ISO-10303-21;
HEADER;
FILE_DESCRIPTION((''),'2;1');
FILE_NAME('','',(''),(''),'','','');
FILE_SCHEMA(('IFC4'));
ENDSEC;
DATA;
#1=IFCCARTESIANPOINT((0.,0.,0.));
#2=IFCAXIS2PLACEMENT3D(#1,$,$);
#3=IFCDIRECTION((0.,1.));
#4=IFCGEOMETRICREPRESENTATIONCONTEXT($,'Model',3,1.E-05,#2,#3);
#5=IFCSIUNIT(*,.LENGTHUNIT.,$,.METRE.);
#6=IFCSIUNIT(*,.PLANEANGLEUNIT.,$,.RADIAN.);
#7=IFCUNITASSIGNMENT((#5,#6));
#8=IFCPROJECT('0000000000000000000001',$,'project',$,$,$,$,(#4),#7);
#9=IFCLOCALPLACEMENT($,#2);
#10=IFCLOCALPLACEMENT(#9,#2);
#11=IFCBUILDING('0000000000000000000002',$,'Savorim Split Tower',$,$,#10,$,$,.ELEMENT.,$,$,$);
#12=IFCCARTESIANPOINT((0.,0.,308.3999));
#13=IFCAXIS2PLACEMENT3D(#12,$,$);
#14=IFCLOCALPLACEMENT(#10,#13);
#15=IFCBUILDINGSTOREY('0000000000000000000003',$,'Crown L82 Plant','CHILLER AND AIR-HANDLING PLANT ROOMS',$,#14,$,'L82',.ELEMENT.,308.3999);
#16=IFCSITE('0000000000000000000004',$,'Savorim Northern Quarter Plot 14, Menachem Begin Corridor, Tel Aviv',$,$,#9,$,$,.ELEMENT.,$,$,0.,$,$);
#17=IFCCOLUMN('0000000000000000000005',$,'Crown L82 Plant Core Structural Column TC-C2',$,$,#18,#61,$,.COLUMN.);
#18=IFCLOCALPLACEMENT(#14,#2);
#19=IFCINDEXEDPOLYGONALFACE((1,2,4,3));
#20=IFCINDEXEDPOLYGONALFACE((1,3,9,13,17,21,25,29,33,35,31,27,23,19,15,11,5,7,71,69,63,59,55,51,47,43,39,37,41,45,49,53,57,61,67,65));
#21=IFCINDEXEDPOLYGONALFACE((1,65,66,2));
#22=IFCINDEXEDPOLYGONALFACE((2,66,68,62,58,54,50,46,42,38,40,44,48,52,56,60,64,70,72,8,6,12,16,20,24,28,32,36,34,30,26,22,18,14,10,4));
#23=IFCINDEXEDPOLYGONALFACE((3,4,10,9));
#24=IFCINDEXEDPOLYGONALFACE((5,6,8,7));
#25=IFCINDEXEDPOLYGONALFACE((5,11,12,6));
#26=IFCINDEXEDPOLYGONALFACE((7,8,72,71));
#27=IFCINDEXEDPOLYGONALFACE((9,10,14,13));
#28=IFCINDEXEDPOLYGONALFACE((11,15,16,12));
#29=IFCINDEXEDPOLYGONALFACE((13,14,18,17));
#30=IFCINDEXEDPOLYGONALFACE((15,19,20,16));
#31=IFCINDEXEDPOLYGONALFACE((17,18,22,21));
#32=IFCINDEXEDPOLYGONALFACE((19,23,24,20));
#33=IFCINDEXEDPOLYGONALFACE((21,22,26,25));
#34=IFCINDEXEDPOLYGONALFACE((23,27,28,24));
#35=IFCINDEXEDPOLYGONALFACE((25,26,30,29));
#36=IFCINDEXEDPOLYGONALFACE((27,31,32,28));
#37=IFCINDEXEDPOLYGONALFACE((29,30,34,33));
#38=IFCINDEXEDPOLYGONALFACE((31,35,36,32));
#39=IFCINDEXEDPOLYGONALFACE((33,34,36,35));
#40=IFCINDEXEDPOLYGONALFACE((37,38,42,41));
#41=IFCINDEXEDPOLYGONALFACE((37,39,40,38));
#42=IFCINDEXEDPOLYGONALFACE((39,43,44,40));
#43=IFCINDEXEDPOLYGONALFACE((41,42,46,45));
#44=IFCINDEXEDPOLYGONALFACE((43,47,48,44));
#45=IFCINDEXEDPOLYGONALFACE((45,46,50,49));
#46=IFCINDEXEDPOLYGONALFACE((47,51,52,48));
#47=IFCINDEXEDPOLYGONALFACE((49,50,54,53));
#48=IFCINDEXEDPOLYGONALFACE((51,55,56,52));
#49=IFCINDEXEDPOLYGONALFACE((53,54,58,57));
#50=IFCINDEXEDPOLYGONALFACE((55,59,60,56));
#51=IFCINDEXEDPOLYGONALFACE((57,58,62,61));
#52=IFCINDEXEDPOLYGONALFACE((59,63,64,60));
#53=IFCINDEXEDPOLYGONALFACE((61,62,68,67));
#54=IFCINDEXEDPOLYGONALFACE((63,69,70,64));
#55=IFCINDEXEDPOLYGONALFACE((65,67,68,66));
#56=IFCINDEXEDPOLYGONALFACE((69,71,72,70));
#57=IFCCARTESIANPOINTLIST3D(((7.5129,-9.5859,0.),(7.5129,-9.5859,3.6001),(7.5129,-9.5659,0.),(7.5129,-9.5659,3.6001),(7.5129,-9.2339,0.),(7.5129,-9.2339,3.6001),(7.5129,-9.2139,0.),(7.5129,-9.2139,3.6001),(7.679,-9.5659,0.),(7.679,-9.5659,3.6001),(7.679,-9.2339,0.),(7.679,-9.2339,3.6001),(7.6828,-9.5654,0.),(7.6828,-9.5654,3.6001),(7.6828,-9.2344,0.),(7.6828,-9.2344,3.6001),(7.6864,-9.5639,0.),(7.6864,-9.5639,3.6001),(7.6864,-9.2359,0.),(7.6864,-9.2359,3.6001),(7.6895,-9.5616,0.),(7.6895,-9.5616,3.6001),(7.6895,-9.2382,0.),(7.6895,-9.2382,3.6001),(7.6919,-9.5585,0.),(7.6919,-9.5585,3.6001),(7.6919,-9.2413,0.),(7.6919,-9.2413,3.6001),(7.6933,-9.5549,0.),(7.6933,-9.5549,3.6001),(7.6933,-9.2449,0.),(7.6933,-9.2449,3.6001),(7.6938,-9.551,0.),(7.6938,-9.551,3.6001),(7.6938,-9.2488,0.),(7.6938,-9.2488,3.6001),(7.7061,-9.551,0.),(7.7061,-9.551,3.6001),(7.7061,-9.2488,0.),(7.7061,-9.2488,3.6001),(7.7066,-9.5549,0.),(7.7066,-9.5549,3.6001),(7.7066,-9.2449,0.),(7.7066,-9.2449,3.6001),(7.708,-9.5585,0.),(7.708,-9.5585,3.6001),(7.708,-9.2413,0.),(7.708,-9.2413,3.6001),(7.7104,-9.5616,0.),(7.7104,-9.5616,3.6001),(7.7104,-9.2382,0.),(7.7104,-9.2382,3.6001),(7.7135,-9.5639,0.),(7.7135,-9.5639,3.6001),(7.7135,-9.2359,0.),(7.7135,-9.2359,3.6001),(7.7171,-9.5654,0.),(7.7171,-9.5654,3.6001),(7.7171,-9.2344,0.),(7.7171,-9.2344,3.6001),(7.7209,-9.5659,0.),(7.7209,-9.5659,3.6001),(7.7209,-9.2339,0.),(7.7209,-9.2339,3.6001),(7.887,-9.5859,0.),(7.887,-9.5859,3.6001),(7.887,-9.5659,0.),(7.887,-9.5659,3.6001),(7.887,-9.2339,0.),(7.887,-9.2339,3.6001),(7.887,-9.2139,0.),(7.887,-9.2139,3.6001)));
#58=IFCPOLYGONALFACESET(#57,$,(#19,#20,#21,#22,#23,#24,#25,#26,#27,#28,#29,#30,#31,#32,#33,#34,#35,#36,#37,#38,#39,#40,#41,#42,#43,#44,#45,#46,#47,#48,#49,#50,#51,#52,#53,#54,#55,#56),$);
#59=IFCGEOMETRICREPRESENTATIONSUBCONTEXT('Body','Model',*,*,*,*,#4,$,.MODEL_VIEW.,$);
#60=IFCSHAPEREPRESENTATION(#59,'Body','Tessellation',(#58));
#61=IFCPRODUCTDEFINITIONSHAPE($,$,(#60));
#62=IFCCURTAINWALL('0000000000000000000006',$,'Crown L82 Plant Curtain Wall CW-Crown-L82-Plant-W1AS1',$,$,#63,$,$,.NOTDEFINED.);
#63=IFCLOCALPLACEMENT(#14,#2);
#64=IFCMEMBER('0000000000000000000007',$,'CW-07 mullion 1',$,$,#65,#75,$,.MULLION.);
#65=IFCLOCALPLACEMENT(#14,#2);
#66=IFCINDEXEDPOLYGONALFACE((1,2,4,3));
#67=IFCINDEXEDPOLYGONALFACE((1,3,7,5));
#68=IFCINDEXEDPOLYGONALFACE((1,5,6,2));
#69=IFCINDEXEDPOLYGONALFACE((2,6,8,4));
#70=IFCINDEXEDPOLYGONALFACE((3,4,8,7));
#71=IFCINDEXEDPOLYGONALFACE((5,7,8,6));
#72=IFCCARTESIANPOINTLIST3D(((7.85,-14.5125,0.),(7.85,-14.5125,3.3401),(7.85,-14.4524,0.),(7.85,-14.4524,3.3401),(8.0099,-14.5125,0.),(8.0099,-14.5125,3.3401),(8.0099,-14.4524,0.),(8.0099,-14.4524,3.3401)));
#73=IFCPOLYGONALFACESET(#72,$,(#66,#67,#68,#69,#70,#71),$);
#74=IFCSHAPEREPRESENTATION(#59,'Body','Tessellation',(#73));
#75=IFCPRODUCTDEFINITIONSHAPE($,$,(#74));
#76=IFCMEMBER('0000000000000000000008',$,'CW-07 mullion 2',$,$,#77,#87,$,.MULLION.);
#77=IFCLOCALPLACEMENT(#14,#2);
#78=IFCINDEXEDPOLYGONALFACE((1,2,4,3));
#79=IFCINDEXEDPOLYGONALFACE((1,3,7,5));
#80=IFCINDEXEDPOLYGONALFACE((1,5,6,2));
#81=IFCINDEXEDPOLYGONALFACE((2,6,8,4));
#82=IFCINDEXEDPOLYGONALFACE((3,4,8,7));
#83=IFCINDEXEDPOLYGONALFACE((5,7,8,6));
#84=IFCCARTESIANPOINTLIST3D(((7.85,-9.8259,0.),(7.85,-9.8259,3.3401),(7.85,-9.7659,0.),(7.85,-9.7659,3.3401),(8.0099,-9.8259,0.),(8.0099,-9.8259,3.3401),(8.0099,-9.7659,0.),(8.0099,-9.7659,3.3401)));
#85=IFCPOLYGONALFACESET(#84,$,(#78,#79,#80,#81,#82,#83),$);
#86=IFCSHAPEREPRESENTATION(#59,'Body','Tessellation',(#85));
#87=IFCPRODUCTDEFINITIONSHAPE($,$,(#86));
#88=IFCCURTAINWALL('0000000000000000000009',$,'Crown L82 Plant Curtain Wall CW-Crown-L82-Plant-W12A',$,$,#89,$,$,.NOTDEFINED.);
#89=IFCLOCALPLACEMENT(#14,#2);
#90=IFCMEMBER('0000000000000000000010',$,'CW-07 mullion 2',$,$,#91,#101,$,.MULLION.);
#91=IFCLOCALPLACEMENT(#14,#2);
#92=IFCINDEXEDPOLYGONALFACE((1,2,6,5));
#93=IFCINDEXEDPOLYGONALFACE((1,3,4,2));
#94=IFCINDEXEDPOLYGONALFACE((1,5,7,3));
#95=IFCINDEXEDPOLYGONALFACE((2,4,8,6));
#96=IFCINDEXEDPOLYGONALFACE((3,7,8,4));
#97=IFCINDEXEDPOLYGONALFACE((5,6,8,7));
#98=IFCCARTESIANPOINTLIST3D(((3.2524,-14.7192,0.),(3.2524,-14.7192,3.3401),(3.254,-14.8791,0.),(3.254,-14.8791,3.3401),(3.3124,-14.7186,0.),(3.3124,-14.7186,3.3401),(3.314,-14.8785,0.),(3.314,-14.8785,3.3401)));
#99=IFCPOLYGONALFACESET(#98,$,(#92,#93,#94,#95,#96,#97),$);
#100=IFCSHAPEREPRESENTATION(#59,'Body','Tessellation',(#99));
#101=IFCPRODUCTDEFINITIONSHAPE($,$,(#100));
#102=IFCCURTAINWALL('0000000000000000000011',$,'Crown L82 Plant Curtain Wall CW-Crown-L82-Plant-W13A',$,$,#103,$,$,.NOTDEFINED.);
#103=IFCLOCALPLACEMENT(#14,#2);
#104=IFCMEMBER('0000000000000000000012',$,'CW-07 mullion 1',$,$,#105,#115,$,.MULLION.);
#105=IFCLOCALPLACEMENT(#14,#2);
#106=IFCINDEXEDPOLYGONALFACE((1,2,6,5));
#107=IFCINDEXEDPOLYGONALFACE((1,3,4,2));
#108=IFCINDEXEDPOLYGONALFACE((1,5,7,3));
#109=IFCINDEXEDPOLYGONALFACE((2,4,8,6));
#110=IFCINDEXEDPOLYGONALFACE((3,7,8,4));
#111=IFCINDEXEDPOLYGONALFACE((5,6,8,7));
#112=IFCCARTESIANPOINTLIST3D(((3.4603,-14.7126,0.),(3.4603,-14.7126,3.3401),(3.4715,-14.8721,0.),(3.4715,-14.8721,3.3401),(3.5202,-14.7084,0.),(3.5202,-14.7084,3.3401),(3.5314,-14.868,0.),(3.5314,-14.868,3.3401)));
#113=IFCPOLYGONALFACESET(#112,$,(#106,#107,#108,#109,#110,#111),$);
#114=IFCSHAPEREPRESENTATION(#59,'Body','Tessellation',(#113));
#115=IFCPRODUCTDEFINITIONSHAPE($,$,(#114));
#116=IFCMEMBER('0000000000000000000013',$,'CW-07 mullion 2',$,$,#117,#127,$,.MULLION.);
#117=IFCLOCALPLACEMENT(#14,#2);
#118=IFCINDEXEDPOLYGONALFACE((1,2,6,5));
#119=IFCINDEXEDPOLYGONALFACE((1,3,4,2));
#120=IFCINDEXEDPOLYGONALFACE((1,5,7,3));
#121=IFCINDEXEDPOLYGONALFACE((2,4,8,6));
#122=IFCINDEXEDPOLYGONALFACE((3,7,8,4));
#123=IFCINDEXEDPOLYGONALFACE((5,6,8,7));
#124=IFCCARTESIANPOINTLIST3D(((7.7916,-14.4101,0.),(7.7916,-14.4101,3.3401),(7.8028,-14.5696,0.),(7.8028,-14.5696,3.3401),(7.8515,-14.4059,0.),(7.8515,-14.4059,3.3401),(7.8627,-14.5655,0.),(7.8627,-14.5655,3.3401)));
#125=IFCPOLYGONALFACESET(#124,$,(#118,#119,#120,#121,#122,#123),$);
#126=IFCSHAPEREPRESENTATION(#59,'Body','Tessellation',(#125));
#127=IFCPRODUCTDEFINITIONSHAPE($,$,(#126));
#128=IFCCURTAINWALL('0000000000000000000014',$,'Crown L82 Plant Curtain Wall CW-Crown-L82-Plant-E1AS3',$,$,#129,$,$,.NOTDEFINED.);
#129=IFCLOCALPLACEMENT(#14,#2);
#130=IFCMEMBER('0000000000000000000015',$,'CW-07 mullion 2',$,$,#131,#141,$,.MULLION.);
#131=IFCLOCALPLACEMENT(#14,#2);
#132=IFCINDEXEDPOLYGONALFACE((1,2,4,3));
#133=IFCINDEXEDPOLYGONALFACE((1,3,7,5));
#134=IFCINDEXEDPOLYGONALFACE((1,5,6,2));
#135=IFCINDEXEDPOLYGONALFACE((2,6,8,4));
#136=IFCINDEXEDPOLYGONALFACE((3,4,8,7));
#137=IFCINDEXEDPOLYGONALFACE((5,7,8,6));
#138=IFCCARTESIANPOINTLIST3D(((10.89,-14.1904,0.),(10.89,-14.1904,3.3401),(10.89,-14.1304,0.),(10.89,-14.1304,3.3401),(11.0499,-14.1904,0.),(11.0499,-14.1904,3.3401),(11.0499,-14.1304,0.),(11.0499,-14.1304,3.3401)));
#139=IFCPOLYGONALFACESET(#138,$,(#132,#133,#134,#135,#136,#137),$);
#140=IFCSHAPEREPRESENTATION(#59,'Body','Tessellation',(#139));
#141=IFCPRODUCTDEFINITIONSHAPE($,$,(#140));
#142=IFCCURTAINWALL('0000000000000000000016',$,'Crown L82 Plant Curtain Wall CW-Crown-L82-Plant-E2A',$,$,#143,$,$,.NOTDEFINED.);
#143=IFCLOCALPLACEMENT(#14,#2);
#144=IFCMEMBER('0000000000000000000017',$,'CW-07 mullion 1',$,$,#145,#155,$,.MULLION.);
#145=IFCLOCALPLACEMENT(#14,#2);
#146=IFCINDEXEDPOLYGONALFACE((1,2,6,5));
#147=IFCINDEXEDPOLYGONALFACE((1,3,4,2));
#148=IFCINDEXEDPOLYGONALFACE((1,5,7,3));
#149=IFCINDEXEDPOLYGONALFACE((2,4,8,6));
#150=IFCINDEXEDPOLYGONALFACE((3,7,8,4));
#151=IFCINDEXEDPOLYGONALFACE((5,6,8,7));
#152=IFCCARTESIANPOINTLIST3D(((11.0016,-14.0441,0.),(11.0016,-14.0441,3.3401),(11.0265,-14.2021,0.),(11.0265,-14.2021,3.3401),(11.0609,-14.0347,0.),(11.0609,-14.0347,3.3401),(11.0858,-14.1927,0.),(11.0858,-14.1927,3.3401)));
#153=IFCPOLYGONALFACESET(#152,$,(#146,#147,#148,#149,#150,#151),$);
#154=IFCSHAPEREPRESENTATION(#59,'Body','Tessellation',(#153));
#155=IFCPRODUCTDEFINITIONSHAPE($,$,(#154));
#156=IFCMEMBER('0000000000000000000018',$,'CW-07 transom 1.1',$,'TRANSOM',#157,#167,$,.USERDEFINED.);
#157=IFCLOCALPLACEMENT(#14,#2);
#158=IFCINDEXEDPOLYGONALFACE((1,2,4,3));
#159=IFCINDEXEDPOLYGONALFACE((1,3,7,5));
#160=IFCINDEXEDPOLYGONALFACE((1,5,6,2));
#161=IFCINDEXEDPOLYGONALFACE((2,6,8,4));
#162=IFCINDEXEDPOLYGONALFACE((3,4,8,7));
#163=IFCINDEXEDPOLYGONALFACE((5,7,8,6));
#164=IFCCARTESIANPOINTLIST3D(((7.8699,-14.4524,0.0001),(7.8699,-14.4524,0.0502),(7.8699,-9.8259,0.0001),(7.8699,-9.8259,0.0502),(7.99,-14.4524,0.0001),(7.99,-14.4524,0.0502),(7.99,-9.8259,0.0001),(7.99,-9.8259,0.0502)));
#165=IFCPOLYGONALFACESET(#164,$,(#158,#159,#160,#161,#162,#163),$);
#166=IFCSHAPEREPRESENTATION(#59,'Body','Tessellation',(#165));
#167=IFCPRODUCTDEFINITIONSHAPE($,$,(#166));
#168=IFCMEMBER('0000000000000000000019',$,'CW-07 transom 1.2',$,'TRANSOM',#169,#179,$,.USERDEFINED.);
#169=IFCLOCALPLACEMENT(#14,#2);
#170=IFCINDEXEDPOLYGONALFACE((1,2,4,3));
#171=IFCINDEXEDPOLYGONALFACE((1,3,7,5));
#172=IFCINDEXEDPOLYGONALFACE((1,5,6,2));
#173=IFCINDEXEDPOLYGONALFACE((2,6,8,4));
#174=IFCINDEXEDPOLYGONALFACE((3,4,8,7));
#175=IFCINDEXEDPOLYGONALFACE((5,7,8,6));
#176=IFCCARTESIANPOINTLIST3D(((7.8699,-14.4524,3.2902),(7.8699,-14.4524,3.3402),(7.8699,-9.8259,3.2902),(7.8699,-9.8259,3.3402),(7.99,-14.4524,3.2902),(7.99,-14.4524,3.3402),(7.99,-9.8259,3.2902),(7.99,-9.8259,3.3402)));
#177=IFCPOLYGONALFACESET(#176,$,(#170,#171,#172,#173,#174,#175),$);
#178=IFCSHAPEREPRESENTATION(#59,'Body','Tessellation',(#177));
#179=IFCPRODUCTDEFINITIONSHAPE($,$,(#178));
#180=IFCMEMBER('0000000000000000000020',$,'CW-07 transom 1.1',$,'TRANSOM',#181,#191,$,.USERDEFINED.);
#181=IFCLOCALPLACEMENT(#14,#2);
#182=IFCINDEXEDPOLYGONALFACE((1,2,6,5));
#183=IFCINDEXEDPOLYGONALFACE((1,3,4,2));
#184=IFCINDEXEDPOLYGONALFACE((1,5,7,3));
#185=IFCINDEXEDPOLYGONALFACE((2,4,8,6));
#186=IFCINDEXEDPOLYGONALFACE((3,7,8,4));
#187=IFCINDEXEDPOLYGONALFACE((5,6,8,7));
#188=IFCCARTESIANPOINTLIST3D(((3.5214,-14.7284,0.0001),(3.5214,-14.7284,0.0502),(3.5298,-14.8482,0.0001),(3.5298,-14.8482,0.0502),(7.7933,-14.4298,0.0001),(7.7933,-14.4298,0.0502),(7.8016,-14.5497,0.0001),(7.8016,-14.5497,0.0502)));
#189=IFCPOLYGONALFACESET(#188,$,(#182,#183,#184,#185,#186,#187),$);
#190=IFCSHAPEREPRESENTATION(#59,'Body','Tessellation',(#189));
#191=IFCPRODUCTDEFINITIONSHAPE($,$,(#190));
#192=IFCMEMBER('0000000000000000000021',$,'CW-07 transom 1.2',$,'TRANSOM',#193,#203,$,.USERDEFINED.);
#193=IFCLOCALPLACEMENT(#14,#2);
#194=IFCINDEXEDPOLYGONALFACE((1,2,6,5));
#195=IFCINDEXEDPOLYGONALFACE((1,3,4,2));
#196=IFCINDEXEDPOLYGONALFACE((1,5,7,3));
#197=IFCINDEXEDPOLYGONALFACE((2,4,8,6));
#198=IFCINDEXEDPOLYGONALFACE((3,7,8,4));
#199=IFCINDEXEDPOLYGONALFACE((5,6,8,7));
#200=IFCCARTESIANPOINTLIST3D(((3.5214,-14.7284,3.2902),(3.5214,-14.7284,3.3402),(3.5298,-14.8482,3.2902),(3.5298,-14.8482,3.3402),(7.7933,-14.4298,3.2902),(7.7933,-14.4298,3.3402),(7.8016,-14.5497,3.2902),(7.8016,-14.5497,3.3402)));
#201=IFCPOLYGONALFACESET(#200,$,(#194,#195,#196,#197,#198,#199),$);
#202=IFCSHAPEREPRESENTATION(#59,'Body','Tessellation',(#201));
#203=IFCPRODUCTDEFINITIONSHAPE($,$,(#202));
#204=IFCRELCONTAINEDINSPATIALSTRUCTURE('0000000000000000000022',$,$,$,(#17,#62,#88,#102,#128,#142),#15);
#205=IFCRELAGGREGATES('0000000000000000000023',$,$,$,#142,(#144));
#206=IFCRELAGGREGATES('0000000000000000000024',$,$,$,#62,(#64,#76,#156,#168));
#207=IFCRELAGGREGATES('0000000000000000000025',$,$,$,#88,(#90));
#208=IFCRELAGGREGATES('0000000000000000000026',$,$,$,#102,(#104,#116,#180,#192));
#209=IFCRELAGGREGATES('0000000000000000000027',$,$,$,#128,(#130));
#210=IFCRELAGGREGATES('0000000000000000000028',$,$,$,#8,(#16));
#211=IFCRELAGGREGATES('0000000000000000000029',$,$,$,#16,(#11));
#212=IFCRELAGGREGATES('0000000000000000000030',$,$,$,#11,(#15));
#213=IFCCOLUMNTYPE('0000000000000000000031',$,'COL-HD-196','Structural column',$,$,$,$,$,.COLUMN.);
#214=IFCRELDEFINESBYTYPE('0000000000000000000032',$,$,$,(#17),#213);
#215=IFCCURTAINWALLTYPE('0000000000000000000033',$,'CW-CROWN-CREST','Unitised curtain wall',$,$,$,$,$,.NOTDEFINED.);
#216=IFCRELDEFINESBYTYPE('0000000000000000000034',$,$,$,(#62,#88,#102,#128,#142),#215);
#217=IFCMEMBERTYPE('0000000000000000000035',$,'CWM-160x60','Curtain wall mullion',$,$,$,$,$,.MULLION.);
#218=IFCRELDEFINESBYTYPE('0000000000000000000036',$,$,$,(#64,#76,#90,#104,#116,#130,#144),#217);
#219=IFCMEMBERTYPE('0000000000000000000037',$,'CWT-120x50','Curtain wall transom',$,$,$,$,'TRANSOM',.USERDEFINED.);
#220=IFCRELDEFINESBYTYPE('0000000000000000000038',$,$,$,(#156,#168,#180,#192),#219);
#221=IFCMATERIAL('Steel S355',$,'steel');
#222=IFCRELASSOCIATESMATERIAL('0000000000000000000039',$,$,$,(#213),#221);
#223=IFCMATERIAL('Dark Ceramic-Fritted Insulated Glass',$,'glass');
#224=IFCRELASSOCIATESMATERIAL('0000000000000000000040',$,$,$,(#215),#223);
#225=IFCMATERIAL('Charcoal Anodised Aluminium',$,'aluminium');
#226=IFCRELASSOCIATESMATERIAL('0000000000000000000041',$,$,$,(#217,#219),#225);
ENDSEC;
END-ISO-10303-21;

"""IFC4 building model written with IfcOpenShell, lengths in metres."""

from ifc_helpers import new_model, si_unit, direction, frame, origin, origin_2d, place, context, subcontext, project, spatial, rectangle, i_section, extrude, material, material_profile, profile_set, type_object, element, aggregate, save


model = new_model("IFC4")

# Units and contexts
model_context = context("Model", 3, precision=1e-05, world=origin(), true_north=direction((0.0, 1.0)))
body_context = subcontext(model_context, "Body", "Model", "MODEL_VIEW")
ifc_project = project(units=[si_unit("LENGTHUNIT", "METRE"), si_unit("PLANEANGLEUNIT", "RADIAN")], contexts=[model_context])

# Site, building, storey
site_placement = place(None, origin())
site = spatial("IfcSite", under=ifc_project, at=site_placement, Name="Savorim Northern Quarter Plot 14, Menachem Begin Corridor, Tel Aviv", CompositionType="ELEMENT", RefElevation=0.0)
building_placement = place(site_placement, origin())
building = spatial("IfcBuilding", under=site, at=building_placement, Name="Savorim Split Tower", CompositionType="ELEMENT")
storey_placement = place(building_placement, frame((0.0, 0.0, 308.3999)))
storey = spatial("IfcBuildingStorey", under=building, at=storey_placement, Name="Crown L82 Plant", Description="CHILLER AND AIR-HANDLING PLANT ROOMS", LongName="L82", CompositionType="ELEMENT", Elevation=308.3999)

# Column
ifc_material_1 = material(Name="Steel S355", Category="steel")
ifc_material_profile_1 = material_profile(ifc_material_1, i_section(OverallWidth=0.374, OverallDepth=0.3721, WebThickness=0.0122, FlangeThickness=0.02, FilletRadius=0.0149, at=origin_2d()), Name="HD 360x196")
ifc_profile_set_1 = profile_set([ifc_material_profile_1], Name="Steel S355")
column_type = type_object("IfcColumnType", Name="COL-HD-196", Description="Structural column", PredefinedType="COLUMN", material=ifc_profile_set_1)
column_placement = place(storey_placement, frame((7.7, -9.3999, 0.0), z_axis=(0.0, 0.0, 1.0), x_axis=(1.0, 0.0, 0.0)))
element("IfcColumn", 1, at=column_placement, inside=storey, type_object=column_type, Name="Crown L82 Plant Core Structural Column TC-C2", PredefinedType="COLUMN", context=body_context, shape_type="SweptSolid", body=[
    extrude(i_section(OverallWidth=0.374, OverallDepth=0.3721, WebThickness=0.0122, FlangeThickness=0.02, FilletRadius=0.0149, at=origin_2d()), origin(), (0.0, 0.0, 1.0), 3.6001),
])

# Curtain wall, members
ifc_material_2 = material(Name="Dark Ceramic-Fritted Insulated Glass", Category="glass")
curtain_wall_type = type_object("IfcCurtainWallType", Name="CW-CROWN-CREST", Description="Unitised curtain wall", PredefinedType="NOTDEFINED", material=ifc_material_2)
curtain_wall_1_placement = place(storey_placement, origin())
curtain_wall_1 = element("IfcCurtainWall", 2, at=curtain_wall_1_placement, inside=storey, type_object=curtain_wall_type, Name="Crown L82 Plant Curtain Wall CW-Crown-L82-Plant-W1AS1", PredefinedType="NOTDEFINED")
ifc_material_3 = material(Name="Charcoal Anodised Aluminium", Category="aluminium")
ifc_material_profile_2 = material_profile(ifc_material_3, rectangle(XDim=0.1599, YDim=0.0601, at=origin_2d()), Name="ALU-M 160x60")
ifc_profile_set_2 = profile_set([ifc_material_profile_2], Name="Charcoal Anodised Aluminium")
member_type_1 = type_object("IfcMemberType", Name="CWM-160x60", Description="Curtain wall mullion", PredefinedType="MULLION", material=ifc_profile_set_2)
member_1_placement = place(storey_placement, frame((7.9299, -14.4824, 0.0), z_axis=(0.0, 0.0, 1.0), x_axis=(-1.0, 0.0, 0.0)))
member_1 = element("IfcMember", 3, at=member_1_placement, type_object=member_type_1, Name="CW-07 mullion 1", PredefinedType="MULLION", context=body_context, shape_type="SweptSolid", body=[
    extrude(rectangle(XDim=0.1599, YDim=0.0601, at=origin_2d()), origin(), (0.0, 0.0, 1.0), 3.3401),
])
member_2_placement = place(storey_placement, frame((7.9299, -9.7959, 0.0), z_axis=(0.0, 0.0, 1.0), x_axis=(-1.0, 0.0, 0.0)))
member_2 = element("IfcMember", 4, at=member_2_placement, type_object=member_type_1, Name="CW-07 mullion 2", PredefinedType="MULLION", context=body_context, shape_type="SweptSolid", body=[
    extrude(rectangle(XDim=0.1599, YDim=0.0601, at=origin_2d()), origin(), (0.0, 0.0, 1.0), 3.3401),
])

# Curtain wall, member
curtain_wall_2_placement = place(storey_placement, origin())
curtain_wall_2 = element("IfcCurtainWall", 5, at=curtain_wall_2_placement, inside=storey, type_object=curtain_wall_type, Name="Crown L82 Plant Curtain Wall CW-Crown-L82-Plant-W12A", PredefinedType="NOTDEFINED")
member_3_placement = place(storey_placement, frame((3.2832, -14.7988, 0.0), z_axis=(0.0, 0.0, 1.0), x_axis=(-0.010239, 0.999948, 0.0)))
member_3 = element("IfcMember", 6, at=member_3_placement, type_object=member_type_1, Name="CW-07 mullion 2", PredefinedType="MULLION", context=body_context, shape_type="SweptSolid", body=[
    extrude(rectangle(XDim=0.1599, YDim=0.0601, at=origin_2d()), origin(), (0.0, 0.0, 1.0), 3.3401),
])

# Curtain wall, members
curtain_wall_3_placement = place(storey_placement, origin())
curtain_wall_3 = element("IfcCurtainWall", 7, at=curtain_wall_3_placement, inside=storey, type_object=curtain_wall_type, Name="Crown L82 Plant Curtain Wall CW-Crown-L82-Plant-W13A", PredefinedType="NOTDEFINED")
member_4_placement = place(storey_placement, frame((3.4958, -14.7903, 0.0), z_axis=(0.0, 0.0, 1.0), x_axis=(-0.069697, 0.997568, 0.0)))
member_4 = element("IfcMember", 8, at=member_4_placement, type_object=member_type_1, Name="CW-07 mullion 1", PredefinedType="MULLION", context=body_context, shape_type="SweptSolid", body=[
    extrude(rectangle(XDim=0.1599, YDim=0.0601, at=origin_2d()), origin(), (0.0, 0.0, 1.0), 3.3401),
])
member_5_placement = place(storey_placement, frame((7.8271, -14.4878, 0.0), z_axis=(0.0, 0.0, 1.0), x_axis=(-0.069697, 0.997568, 0.0)))
member_5 = element("IfcMember", 9, at=member_5_placement, type_object=member_type_1, Name="CW-07 mullion 2", PredefinedType="MULLION", context=body_context, shape_type="SweptSolid", body=[
    extrude(rectangle(XDim=0.1599, YDim=0.0601, at=origin_2d()), origin(), (0.0, 0.0, 1.0), 3.3401),
])

# Curtain walls, members
curtain_wall_4_placement = place(storey_placement, origin())
curtain_wall_4 = element("IfcCurtainWall", 10, at=curtain_wall_4_placement, inside=storey, type_object=curtain_wall_type, Name="Crown L82 Plant Curtain Wall CW-Crown-L82-Plant-E1AS3", PredefinedType="NOTDEFINED")
member_6_placement = place(storey_placement, frame((10.97, -14.1604, 0.0), z_axis=(0.0, 0.0, 1.0), x_axis=(1.0, 0.0, 0.0)))
member_6 = element("IfcMember", 11, at=member_6_placement, type_object=member_type_1, Name="CW-07 mullion 2", PredefinedType="MULLION", context=body_context, shape_type="SweptSolid", body=[
    extrude(rectangle(XDim=0.1599, YDim=0.0601, at=origin_2d()), origin(), (0.0, 0.0, 1.0), 3.3401),
])
curtain_wall_5_placement = place(storey_placement, origin())
curtain_wall_5 = element("IfcCurtainWall", 12, at=curtain_wall_5_placement, inside=storey, type_object=curtain_wall_type, Name="Crown L82 Plant Curtain Wall CW-Crown-L82-Plant-E2A", PredefinedType="NOTDEFINED")
member_7_placement = place(storey_placement, frame((11.0437, -14.1184, 0.0), z_axis=(0.0, 0.0, 1.0), x_axis=(-0.156062, 0.987747, 0.0)))
member_7 = element("IfcMember", 13, at=member_7_placement, type_object=member_type_1, Name="CW-07 mullion 1", PredefinedType="MULLION", context=body_context, shape_type="SweptSolid", body=[
    extrude(rectangle(XDim=0.1599, YDim=0.0601, at=origin_2d()), origin(), (0.0, 0.0, 1.0), 3.3401),
])

# Members
ifc_material_profile_3 = material_profile(ifc_material_3, rectangle(XDim=0.1201, YDim=0.05, at=origin_2d()), Name="ALU-T 120x50")
ifc_profile_set_3 = profile_set([ifc_material_profile_3], Name="Charcoal Anodised Aluminium")
member_type_2 = type_object("IfcMemberType", Name="CWT-120x50", Description="Curtain wall transom", ElementType="TRANSOM", PredefinedType="USERDEFINED", material=ifc_profile_set_3)
member_8_placement = place(storey_placement, frame((7.9299, -14.4524, 0.0251), z_axis=(0.0, 1.0, 0.0), x_axis=(-1.0, 0.0, 0.0)))
member_8 = element("IfcMember", 14, at=member_8_placement, type_object=member_type_2, Name="CW-07 transom 1.1", ObjectType="TRANSOM", PredefinedType="USERDEFINED", context=body_context, shape_type="SweptSolid", body=[
    extrude(rectangle(XDim=0.1201, YDim=0.05, at=origin_2d()), origin(), (0.0, 0.0, 1.0), 4.6265),
])
member_9_placement = place(storey_placement, frame((7.9299, -14.4524, 3.3152), z_axis=(0.0, 1.0, 0.0), x_axis=(-1.0, 0.0, 0.0)))
member_9 = element("IfcMember", 15, at=member_9_placement, type_object=member_type_2, Name="CW-07 transom 1.2", ObjectType="TRANSOM", PredefinedType="USERDEFINED", context=body_context, shape_type="SweptSolid", body=[
    extrude(rectangle(XDim=0.1201, YDim=0.05, at=origin_2d()), origin(), (0.0, 0.0, 1.0), 4.6265),
])
member_10_placement = place(storey_placement, frame((3.5256, -14.7883, 0.0251), z_axis=(0.997566, 0.069728, 0.0), x_axis=(-0.069728, 0.997566, 0.0)))
member_10 = element("IfcMember", 16, at=member_10_placement, type_object=member_type_2, Name="CW-07 transom 1.1", ObjectType="TRANSOM", PredefinedType="USERDEFINED", context=body_context, shape_type="SweptSolid", body=[
    extrude(rectangle(XDim=0.1201, YDim=0.05, at=origin_2d()), origin(), (0.0, 0.0, 1.0), 4.2822),
])
member_11_placement = place(storey_placement, frame((3.5256, -14.7883, 3.3152), z_axis=(0.997566, 0.069728, 0.0), x_axis=(-0.069728, 0.997566, 0.0)))
member_11 = element("IfcMember", 17, at=member_11_placement, type_object=member_type_2, Name="CW-07 transom 1.2", ObjectType="TRANSOM", PredefinedType="USERDEFINED", context=body_context, shape_type="SweptSolid", body=[
    extrude(rectangle(XDim=0.1201, YDim=0.05, at=origin_2d()), origin(), (0.0, 0.0, 1.0), 4.2822),
])
aggregate(curtain_wall_5, [member_7])

aggregate(curtain_wall_1, [member_1, member_2, member_8, member_9])
aggregate(curtain_wall_2, [member_3])
aggregate(curtain_wall_3, [member_4, member_5, member_10, member_11])
aggregate(curtain_wall_4, [member_6])

save(model, "model.ifc")
